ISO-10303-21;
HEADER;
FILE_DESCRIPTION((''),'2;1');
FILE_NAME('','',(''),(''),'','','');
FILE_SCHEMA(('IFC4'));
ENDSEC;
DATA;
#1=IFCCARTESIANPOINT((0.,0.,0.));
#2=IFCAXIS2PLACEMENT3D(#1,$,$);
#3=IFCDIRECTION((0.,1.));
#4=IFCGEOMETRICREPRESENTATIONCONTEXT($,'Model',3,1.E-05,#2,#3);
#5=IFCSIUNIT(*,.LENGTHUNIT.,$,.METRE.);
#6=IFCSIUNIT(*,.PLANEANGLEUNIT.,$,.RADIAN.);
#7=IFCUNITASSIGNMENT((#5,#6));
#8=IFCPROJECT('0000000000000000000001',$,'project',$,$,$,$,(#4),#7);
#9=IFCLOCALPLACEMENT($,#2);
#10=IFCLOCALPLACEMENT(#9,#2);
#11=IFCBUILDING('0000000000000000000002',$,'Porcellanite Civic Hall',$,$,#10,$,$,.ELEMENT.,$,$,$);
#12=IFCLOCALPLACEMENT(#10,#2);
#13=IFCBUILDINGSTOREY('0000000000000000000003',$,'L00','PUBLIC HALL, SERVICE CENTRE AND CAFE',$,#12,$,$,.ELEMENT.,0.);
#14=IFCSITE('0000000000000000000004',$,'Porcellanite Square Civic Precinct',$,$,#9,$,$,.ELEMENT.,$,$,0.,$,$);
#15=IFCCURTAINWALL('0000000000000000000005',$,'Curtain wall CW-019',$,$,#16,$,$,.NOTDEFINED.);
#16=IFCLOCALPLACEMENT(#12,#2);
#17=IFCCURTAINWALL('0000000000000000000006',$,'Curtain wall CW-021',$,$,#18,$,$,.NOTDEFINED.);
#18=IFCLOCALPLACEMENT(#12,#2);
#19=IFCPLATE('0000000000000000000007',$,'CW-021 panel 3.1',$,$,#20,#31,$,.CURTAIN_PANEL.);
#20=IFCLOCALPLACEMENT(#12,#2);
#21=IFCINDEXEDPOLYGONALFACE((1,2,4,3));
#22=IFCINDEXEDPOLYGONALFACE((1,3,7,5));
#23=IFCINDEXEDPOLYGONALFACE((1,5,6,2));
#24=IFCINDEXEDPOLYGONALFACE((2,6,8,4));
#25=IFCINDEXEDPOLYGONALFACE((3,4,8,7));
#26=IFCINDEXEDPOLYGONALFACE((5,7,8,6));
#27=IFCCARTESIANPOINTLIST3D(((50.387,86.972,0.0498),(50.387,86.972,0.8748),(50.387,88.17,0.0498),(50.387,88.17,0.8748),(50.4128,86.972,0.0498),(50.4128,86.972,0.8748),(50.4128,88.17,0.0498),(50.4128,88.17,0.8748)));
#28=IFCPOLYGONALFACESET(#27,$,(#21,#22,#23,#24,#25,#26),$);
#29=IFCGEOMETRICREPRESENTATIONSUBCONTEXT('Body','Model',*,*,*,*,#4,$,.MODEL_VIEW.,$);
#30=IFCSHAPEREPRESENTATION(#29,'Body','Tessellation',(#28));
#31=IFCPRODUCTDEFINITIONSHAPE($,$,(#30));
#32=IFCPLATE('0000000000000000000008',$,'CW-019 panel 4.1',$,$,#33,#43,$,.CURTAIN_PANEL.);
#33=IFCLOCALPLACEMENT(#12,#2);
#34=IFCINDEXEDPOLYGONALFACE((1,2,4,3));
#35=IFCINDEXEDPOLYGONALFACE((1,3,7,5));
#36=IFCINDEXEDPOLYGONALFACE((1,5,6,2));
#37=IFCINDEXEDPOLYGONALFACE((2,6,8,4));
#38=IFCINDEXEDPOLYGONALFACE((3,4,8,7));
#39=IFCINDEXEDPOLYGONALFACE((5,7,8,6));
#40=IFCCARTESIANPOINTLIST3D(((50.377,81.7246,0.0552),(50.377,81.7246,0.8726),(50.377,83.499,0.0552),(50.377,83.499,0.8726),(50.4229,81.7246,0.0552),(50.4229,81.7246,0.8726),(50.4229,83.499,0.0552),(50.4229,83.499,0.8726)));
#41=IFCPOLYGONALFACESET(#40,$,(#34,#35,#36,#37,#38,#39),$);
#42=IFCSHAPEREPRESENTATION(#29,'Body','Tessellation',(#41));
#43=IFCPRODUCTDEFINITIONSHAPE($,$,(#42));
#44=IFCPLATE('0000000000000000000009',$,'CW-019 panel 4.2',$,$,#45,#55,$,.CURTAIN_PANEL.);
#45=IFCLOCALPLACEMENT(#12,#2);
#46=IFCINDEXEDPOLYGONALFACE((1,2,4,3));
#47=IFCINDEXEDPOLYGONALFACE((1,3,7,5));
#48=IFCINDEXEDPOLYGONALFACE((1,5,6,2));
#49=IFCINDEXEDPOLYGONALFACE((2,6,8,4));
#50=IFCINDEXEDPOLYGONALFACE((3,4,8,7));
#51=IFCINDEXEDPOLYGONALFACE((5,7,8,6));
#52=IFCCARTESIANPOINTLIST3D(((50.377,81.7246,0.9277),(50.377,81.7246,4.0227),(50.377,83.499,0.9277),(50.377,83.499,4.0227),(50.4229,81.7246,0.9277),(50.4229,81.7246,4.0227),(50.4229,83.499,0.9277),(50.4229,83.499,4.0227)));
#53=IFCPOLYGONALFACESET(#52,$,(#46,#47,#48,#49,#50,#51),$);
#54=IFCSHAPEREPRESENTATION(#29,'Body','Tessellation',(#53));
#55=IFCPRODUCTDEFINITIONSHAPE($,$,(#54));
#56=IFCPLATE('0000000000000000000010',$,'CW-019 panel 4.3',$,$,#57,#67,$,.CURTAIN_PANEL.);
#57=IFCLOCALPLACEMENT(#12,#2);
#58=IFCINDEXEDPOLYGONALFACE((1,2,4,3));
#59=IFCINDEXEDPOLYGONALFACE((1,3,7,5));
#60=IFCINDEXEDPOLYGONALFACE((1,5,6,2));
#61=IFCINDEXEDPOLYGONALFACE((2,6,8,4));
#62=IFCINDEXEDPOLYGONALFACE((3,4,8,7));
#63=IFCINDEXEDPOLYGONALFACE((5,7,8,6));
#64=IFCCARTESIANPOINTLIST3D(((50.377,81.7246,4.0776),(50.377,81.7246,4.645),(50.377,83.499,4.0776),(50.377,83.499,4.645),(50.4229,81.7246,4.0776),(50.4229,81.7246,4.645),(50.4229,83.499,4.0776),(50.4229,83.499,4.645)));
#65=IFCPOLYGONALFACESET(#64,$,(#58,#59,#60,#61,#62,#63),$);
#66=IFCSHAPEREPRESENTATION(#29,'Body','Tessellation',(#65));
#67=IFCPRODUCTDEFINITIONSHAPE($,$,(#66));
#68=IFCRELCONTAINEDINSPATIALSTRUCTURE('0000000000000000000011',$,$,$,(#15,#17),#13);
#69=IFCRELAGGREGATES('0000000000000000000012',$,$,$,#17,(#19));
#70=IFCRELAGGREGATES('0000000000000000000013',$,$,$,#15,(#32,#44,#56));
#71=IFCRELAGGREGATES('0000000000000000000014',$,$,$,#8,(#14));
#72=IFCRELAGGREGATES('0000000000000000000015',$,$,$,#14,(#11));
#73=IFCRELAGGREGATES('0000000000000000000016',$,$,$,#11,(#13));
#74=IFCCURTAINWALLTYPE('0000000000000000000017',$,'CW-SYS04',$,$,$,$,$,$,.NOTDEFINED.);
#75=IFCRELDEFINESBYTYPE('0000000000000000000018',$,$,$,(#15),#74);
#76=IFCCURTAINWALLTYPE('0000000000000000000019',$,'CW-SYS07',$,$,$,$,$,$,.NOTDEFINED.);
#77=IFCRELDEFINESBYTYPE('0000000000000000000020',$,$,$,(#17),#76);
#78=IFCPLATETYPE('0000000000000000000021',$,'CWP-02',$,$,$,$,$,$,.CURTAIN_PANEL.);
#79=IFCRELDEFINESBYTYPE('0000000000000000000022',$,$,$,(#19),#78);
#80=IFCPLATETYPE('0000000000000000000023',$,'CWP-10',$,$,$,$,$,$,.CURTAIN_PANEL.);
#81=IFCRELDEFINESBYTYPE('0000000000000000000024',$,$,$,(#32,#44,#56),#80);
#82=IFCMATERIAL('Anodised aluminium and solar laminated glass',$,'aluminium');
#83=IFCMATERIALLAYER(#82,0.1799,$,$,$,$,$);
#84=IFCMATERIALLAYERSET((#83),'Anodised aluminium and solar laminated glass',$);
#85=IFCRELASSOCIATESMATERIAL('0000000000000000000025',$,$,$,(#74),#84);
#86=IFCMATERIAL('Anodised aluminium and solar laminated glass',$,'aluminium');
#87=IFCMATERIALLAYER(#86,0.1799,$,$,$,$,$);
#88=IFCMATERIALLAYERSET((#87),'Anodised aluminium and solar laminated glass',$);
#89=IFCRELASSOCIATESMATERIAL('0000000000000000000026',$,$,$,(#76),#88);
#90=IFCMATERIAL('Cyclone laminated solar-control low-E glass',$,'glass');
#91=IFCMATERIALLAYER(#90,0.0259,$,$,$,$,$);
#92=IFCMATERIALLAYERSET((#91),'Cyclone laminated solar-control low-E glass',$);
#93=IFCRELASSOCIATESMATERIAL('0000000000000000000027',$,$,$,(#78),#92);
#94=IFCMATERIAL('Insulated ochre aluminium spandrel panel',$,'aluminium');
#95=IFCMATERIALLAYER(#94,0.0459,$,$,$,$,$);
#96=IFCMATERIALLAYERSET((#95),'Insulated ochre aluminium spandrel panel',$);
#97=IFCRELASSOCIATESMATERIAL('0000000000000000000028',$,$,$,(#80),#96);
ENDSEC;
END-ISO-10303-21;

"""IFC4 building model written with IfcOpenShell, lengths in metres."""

from ifc_helpers import new_model, si_unit, direction, frame, origin, origin_2d, place, context, subcontext, project, spatial, rectangle, extrude, material, layer, layer_set, type_object, element, aggregate, save


model = new_model("IFC4")

# Units and contexts
model_context = context("Model", 3, precision=1e-05, world=origin(), true_north=direction((0.0, 1.0)))
body_context = subcontext(model_context, "Body", "Model", "MODEL_VIEW")
ifc_project = project(units=[si_unit("LENGTHUNIT", "METRE"), si_unit("PLANEANGLEUNIT", "RADIAN")], contexts=[model_context])

# Site, building, storey
site_placement = place(None, origin())
site = spatial("IfcSite", under=ifc_project, at=site_placement, Name="Porcellanite Square Civic Precinct", CompositionType="ELEMENT", RefElevation=0.0)
building_placement = place(site_placement, origin())
building = spatial("IfcBuilding", under=site, at=building_placement, Name="Porcellanite Civic Hall", CompositionType="ELEMENT")
storey_placement = place(building_placement, origin())
storey = spatial("IfcBuildingStorey", under=building, at=storey_placement, Name="L00", Description="PUBLIC HALL, SERVICE CENTRE AND CAFE", CompositionType="ELEMENT", Elevation=0.0)

# Curtain wall
ifc_material_1 = material(Name="Anodised aluminium and solar laminated glass", Category="aluminium")
ifc_layer_1 = layer(ifc_material_1, 0.1799)
ifc_layer_set_1 = layer_set([ifc_layer_1], Name="Anodised aluminium and solar laminated glass")
curtain_wall_type_1 = type_object("IfcCurtainWallType", Name="CW-SYS04", PredefinedType="NOTDEFINED", material=ifc_layer_set_1)
curtain_wall_1_placement = place(storey_placement, origin())
curtain_wall_1 = element("IfcCurtainWall", 1, at=curtain_wall_1_placement, inside=storey, type_object=curtain_wall_type_1, Name="Curtain wall CW-019", PredefinedType="NOTDEFINED")

# Curtain wall
ifc_material_2 = material(Name="Anodised aluminium and solar laminated glass", Category="aluminium")
ifc_layer_2 = layer(ifc_material_2, 0.1799)
ifc_layer_set_2 = layer_set([ifc_layer_2], Name="Anodised aluminium and solar laminated glass")
curtain_wall_type_2 = type_object("IfcCurtainWallType", Name="CW-SYS07", PredefinedType="NOTDEFINED", material=ifc_layer_set_2)
curtain_wall_2_placement = place(storey_placement, origin())
curtain_wall_2 = element("IfcCurtainWall", 2, at=curtain_wall_2_placement, inside=storey, type_object=curtain_wall_type_2, Name="Curtain wall CW-021", PredefinedType="NOTDEFINED")

# Plates
ifc_material_3 = material(Name="Cyclone laminated solar-control low-E glass", Category="glass")
ifc_layer_3 = layer(ifc_material_3, 0.0259)
ifc_layer_set_3 = layer_set([ifc_layer_3], Name="Cyclone laminated solar-control low-E glass")
plate_type_1 = type_object("IfcPlateType", Name="CWP-02", PredefinedType="CURTAIN_PANEL", material=ifc_layer_set_3)
plate_1_placement = place(storey_placement, frame((50.3999, 87.571, 0.0498), z_axis=(0.0, 0.0, 1.0), x_axis=(0.0, 1.0, 0.0)))
plate_1 = element("IfcPlate", 3, at=plate_1_placement, type_object=plate_type_1, Name="CW-021 panel 3.1", PredefinedType="CURTAIN_PANEL", context=body_context, shape_type="SweptSolid", body=[
    extrude(rectangle(XDim=1.198, YDim=0.0259, at=origin_2d()), origin(), (0.0, 0.0, 1.0), 0.825),
])
aggregate(curtain_wall_2, [plate_1])
ifc_material_4 = material(Name="Insulated ochre aluminium spandrel panel", Category="aluminium")
ifc_layer_4 = layer(ifc_material_4, 0.0459)
ifc_layer_set_4 = layer_set([ifc_layer_4], Name="Insulated ochre aluminium spandrel panel")
plate_type_2 = type_object("IfcPlateType", Name="CWP-10", PredefinedType="CURTAIN_PANEL", material=ifc_layer_set_4)
plate_2_placement = place(storey_placement, frame((50.3999, 82.6118, 0.0552), z_axis=(0.0, 0.0, 1.0), x_axis=(0.0, 1.0, 0.0)))
plate_2 = element("IfcPlate", 4, at=plate_2_placement, type_object=plate_type_2, Name="CW-019 panel 4.1", PredefinedType="CURTAIN_PANEL", context=body_context, shape_type="SweptSolid", body=[
    extrude(rectangle(XDim=1.7744, YDim=0.0459, at=origin_2d()), origin(), (0.0, 0.0, 1.0), 0.8174),
])
plate_3_placement = place(storey_placement, frame((50.3999, 82.6118, 0.9277), z_axis=(0.0, 0.0, 1.0), x_axis=(0.0, 1.0, 0.0)))
plate_3 = element("IfcPlate", 5, at=plate_3_placement, type_object=plate_type_2, Name="CW-019 panel 4.2", PredefinedType="CURTAIN_PANEL", context=body_context, shape_type="SweptSolid", body=[
    extrude(rectangle(XDim=1.7744, YDim=0.0459, at=origin_2d()), origin(), (0.0, 0.0, 1.0), 3.095),
])
plate_4_placement = place(storey_placement, frame((50.3999, 82.6118, 4.0776), z_axis=(0.0, 0.0, 1.0), x_axis=(0.0, 1.0, 0.0)))
plate_4 = element("IfcPlate", 6, at=plate_4_placement, type_object=plate_type_2, Name="CW-019 panel 4.3", PredefinedType="CURTAIN_PANEL", context=body_context, shape_type="SweptSolid", body=[
    extrude(rectangle(XDim=1.7744, YDim=0.0459, at=origin_2d()), origin(), (0.0, 0.0, 1.0), 0.5674),
])
aggregate(curtain_wall_1, [plate_2, plate_3, plate_4])

save(model, "model.ifc")
